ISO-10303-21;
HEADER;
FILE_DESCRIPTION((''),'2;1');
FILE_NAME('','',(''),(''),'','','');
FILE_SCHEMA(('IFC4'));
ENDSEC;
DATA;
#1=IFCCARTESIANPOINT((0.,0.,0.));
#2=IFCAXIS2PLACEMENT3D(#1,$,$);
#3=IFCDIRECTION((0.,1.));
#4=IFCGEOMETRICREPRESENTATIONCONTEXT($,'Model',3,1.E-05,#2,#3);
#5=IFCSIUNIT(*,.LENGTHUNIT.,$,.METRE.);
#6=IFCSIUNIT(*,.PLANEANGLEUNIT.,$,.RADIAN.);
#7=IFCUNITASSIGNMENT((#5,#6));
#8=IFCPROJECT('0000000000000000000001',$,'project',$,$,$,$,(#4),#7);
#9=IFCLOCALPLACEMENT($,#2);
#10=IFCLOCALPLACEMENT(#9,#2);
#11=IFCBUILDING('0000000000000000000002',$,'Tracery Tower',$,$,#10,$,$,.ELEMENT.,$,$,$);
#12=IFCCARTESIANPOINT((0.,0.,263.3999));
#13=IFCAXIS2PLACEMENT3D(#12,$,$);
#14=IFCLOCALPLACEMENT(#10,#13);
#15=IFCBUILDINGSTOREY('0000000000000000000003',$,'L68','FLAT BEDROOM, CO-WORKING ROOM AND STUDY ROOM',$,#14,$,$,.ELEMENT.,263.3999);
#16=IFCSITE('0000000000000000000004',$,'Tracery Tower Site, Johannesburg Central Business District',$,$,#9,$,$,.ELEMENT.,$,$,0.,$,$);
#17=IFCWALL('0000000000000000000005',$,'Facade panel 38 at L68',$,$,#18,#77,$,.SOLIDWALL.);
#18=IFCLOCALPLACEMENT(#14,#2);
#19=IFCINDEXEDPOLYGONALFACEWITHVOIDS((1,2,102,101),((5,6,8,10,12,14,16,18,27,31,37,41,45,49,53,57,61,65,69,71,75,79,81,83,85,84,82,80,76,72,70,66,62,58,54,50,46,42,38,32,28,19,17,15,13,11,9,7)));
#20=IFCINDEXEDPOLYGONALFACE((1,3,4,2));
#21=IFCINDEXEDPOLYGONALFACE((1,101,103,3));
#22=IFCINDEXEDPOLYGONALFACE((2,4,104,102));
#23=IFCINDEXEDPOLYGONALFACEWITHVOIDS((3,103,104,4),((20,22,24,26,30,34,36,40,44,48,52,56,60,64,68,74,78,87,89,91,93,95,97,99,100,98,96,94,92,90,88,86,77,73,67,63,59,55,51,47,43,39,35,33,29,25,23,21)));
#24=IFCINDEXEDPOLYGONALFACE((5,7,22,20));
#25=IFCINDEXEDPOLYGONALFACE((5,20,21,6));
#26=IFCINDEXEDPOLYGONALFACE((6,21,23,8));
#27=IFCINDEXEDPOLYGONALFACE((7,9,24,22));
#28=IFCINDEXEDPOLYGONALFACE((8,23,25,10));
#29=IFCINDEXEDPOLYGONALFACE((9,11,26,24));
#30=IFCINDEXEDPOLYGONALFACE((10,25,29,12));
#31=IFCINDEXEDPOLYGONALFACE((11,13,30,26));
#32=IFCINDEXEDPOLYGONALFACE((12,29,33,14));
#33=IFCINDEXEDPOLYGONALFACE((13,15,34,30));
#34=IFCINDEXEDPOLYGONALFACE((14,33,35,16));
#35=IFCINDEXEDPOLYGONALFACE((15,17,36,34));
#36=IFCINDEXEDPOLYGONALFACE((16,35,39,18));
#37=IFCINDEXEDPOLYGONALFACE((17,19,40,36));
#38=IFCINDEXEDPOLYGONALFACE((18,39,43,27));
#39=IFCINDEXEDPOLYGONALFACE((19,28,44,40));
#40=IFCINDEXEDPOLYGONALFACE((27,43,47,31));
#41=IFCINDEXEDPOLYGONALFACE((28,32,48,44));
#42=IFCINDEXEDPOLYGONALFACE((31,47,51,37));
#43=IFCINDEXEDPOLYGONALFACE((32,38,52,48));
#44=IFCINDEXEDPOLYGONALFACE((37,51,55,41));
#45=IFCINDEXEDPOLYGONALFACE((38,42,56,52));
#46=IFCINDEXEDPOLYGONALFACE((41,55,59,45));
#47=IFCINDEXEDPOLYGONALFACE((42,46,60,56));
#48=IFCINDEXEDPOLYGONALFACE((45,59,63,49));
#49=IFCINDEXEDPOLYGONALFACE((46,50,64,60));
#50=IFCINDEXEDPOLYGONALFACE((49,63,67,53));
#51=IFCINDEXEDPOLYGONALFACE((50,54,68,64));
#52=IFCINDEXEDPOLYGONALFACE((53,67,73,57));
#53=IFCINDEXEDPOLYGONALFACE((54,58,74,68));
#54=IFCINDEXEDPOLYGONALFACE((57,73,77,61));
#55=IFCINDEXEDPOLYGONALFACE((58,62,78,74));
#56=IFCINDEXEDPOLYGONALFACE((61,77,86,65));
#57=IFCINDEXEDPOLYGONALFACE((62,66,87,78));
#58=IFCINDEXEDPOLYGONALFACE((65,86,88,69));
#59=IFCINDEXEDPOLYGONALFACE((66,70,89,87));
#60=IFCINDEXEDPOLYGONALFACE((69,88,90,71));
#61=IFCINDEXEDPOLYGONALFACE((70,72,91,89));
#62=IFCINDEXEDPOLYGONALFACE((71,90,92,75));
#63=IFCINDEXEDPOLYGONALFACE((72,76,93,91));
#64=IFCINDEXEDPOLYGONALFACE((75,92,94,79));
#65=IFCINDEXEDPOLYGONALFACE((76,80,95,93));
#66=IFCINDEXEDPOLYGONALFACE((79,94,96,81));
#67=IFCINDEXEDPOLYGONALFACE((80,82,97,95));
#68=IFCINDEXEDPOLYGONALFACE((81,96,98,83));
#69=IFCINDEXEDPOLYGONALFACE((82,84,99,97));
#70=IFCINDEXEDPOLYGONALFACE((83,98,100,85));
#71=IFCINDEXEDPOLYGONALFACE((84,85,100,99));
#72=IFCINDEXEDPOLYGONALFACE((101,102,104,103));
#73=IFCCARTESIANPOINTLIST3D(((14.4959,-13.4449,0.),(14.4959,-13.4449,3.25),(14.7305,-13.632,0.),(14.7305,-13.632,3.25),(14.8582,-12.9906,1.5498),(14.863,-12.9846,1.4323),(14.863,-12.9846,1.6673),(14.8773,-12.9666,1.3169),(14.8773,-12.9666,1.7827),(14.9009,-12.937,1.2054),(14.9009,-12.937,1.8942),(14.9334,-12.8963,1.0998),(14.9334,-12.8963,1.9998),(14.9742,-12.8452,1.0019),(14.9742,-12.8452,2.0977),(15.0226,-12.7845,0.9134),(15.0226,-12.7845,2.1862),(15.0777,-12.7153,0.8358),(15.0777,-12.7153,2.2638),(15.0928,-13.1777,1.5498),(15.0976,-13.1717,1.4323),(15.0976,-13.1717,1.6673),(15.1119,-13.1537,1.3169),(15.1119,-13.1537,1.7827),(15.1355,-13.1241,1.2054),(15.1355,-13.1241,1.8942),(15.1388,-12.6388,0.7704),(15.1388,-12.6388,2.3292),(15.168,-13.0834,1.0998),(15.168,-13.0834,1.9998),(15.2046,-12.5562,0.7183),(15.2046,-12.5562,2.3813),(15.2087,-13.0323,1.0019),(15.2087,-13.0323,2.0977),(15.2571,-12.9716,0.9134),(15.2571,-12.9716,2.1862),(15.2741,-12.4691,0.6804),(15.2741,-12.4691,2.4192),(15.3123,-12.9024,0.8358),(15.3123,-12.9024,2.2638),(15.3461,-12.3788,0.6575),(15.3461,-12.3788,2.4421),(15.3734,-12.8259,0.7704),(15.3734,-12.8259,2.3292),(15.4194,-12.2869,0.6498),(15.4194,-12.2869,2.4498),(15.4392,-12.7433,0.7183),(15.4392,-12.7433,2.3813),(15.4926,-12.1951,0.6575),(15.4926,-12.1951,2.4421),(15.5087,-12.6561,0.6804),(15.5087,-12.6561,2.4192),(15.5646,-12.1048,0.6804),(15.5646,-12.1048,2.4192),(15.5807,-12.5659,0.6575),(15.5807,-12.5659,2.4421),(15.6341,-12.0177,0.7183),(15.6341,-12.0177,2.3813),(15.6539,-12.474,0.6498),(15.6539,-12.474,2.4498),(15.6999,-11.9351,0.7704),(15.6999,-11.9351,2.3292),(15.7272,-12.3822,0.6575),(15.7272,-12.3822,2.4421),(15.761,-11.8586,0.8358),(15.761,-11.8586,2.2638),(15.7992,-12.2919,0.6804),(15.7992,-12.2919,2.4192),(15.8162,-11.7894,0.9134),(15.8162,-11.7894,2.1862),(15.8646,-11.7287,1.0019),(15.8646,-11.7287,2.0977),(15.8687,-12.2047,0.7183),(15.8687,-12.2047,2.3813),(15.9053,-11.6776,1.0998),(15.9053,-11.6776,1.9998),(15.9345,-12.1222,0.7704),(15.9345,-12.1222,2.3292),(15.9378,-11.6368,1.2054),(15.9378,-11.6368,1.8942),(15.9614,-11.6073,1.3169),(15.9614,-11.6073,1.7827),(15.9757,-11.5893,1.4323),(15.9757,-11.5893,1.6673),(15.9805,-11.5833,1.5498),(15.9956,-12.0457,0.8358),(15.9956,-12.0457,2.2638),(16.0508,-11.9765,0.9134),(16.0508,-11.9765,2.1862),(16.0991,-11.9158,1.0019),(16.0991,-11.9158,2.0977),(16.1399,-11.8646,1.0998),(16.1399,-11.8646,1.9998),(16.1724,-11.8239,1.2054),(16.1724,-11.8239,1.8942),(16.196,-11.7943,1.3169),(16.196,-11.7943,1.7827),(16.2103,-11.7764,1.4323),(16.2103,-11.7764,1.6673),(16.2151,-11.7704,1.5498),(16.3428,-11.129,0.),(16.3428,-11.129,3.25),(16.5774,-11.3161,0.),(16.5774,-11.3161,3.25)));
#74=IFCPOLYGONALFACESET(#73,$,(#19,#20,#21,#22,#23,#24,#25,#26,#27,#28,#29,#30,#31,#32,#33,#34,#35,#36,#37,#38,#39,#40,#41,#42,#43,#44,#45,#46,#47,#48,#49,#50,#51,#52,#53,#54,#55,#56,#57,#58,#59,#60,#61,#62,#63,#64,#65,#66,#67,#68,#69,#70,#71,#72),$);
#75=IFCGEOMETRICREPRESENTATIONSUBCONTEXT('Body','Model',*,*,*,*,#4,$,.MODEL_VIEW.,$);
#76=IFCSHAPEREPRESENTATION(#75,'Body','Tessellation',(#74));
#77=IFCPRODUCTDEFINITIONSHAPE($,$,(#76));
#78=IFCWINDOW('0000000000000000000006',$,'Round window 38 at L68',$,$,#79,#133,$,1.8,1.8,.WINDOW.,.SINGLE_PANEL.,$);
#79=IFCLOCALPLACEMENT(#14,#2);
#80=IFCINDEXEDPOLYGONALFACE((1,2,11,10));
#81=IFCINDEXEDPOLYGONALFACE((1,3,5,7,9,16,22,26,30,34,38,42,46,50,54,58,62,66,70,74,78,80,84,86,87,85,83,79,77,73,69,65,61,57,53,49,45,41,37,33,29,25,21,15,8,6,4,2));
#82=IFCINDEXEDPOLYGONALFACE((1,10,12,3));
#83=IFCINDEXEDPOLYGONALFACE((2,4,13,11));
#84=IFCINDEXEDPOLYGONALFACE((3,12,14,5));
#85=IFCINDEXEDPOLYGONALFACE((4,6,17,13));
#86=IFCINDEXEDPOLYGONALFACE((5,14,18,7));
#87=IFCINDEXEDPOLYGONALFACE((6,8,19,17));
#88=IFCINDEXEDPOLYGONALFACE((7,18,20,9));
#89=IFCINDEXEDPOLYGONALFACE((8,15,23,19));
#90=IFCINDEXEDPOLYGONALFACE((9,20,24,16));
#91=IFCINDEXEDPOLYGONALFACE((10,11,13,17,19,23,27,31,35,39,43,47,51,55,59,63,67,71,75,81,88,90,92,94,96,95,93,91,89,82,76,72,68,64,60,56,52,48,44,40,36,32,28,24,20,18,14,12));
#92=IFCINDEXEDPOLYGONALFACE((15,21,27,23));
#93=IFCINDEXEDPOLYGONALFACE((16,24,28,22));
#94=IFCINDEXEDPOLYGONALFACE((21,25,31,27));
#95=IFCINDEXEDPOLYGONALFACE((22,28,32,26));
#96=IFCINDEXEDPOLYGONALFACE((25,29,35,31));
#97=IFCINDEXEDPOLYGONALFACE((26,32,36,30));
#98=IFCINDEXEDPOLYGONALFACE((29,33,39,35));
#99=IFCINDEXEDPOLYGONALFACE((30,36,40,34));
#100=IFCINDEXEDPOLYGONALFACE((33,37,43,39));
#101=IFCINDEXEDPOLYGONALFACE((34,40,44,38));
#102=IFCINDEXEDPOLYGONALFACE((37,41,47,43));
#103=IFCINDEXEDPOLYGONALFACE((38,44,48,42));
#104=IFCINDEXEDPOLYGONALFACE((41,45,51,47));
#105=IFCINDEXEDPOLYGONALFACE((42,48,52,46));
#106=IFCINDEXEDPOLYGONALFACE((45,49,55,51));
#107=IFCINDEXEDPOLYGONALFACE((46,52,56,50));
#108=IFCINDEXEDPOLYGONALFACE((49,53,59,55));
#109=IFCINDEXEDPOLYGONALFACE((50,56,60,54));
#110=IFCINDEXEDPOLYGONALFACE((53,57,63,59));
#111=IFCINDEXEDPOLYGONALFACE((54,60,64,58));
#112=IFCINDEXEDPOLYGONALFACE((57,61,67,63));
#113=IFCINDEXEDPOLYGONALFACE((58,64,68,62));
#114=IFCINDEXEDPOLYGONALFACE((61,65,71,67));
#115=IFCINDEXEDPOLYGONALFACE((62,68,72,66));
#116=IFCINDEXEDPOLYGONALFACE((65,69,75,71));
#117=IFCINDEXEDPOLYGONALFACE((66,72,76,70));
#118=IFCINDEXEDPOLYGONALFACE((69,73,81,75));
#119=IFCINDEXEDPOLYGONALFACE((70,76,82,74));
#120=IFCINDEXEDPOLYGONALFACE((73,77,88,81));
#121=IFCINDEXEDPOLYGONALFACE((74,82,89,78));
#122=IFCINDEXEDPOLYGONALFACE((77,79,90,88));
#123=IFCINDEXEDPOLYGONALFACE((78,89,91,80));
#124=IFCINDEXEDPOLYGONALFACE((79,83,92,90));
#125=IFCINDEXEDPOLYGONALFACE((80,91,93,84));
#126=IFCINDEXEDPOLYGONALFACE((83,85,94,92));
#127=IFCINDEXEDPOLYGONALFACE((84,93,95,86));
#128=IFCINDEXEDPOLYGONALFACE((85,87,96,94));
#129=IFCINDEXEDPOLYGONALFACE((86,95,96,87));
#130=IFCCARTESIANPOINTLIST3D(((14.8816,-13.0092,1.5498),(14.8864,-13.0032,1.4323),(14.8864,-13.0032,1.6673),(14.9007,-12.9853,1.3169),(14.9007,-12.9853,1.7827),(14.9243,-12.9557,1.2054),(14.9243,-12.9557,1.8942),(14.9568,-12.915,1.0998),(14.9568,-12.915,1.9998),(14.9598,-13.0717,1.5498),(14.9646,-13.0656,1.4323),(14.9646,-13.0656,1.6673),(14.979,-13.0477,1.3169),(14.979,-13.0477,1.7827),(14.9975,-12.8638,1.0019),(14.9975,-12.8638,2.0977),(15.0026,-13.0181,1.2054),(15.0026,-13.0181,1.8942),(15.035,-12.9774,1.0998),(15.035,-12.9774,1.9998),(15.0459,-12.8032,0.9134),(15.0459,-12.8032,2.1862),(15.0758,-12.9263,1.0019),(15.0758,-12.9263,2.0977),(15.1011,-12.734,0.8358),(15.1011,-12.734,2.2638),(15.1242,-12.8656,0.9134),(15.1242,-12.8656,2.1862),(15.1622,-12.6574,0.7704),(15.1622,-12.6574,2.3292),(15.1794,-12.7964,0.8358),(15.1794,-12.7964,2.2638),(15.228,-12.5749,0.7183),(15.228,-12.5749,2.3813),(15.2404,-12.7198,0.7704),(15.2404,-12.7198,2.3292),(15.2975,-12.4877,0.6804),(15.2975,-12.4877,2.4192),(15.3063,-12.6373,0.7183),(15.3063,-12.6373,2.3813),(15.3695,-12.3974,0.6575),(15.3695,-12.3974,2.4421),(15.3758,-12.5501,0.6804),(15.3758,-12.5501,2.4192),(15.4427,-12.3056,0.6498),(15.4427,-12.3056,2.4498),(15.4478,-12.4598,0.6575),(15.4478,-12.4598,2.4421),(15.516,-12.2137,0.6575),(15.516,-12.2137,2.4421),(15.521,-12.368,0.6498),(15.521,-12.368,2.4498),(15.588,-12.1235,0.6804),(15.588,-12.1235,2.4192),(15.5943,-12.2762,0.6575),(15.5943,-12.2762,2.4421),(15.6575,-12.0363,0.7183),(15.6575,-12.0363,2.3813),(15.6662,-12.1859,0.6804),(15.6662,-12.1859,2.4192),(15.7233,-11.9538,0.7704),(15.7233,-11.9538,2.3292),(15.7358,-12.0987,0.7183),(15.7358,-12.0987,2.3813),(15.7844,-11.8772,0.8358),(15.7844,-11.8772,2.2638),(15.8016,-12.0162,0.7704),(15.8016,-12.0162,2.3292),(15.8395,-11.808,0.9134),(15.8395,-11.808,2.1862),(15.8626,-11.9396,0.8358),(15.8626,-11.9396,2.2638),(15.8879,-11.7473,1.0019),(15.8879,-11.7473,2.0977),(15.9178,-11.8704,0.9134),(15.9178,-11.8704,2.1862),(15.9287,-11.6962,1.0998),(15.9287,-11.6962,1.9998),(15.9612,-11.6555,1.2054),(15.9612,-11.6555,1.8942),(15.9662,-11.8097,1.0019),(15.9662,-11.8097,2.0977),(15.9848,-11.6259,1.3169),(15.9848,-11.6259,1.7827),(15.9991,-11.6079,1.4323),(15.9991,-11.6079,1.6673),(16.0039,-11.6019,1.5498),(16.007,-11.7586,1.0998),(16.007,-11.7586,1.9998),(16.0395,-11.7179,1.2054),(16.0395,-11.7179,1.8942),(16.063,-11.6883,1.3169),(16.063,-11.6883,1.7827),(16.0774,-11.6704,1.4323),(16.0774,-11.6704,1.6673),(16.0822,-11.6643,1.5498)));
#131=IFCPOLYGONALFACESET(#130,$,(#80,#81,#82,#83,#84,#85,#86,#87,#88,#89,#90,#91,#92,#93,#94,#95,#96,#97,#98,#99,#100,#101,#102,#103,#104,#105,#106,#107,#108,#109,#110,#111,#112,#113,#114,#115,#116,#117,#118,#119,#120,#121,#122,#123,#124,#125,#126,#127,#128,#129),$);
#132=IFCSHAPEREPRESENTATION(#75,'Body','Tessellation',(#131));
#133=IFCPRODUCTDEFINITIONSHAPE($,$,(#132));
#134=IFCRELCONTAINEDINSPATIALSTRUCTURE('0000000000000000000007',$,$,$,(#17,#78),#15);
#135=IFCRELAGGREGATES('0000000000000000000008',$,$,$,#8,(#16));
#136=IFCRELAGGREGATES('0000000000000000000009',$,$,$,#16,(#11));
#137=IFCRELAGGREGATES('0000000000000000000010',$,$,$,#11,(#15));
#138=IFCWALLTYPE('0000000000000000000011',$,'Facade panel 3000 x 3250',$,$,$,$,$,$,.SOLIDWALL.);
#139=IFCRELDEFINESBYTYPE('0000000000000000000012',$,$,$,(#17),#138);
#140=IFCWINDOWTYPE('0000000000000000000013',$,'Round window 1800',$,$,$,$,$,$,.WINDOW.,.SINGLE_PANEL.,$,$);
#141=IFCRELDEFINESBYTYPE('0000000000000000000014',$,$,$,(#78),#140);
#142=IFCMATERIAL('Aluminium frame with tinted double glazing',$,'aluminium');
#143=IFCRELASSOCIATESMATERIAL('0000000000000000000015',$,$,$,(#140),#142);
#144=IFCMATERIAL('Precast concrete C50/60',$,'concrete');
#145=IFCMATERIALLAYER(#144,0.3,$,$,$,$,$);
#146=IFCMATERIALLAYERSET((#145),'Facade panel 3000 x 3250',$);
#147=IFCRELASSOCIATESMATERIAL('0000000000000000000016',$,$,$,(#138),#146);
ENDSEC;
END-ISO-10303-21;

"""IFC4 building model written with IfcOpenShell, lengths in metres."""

from ifc_helpers import new_model, si_unit, direction, frame, frame_2d, origin, origin_2d, place, context, subcontext, project, spatial, rectangle, circle, extrude, material, layer, layer_set, type_object, element, fill, save


model = new_model("IFC4")

# Units and contexts
model_context = context("Model", 3, precision=1e-05, world=origin(), true_north=direction((0.0, 1.0)))
body_context = subcontext(model_context, "Body", "Model", "MODEL_VIEW")
ifc_project = project(units=[si_unit("LENGTHUNIT", "METRE"), si_unit("PLANEANGLEUNIT", "RADIAN")], contexts=[model_context])

# Site, building, storey
site_placement = place(None, origin())
site = spatial("IfcSite", under=ifc_project, at=site_placement, Name="Tracery Tower Site, Johannesburg Central Business District", CompositionType="ELEMENT", RefElevation=0.0)
building_placement = place(site_placement, origin())
building = spatial("IfcBuilding", under=site, at=building_placement, Name="Tracery Tower", CompositionType="ELEMENT")
storey_placement = place(building_placement, frame((0.0, 0.0, 263.3999)))
storey = spatial("IfcBuildingStorey", under=building, at=storey_placement, Name="L68", Description="FLAT BEDROOM, CO-WORKING ROOM AND STUDY ROOM", CompositionType="ELEMENT", Elevation=263.3999)

# Wall, opening, window
ifc_material_1 = material(Name="Aluminium frame with tinted double glazing", Category="aluminium")
window_type = type_object("IfcWindowType", Name="Round window 1800", PartitioningType="SINGLE_PANEL", PredefinedType="WINDOW", material=ifc_material_1)
ifc_material_2 = material(Name="Precast concrete C50/60", Category="concrete")
ifc_layer_1 = layer(ifc_material_2, 0.3)
ifc_layer_set_1 = layer_set([ifc_layer_1], Name="Facade panel 3000 x 3250")
wall_type_1 = type_object("IfcWallType", Name="Facade panel 3000 x 3250", PredefinedType="SOLIDWALL", material=ifc_layer_set_1)
wall_1_placement = place(storey_placement, frame((14.6133, -13.5383, 0.0), z_axis=(0.0, 0.0, 1.0), x_axis=(0.623498, 0.781825, 0.0)))
wall_1 = element("IfcWall", 1, at=wall_1_placement, inside=storey, type_object=wall_type_1, Name="Facade panel 38 at L68", PredefinedType="SOLIDWALL", context=body_context, shape_type="SweptSolid", body=[
    extrude(rectangle(XDim=2.9622, YDim=0.3, at=frame_2d((1.481, 0.0))), origin(), (0.0, 0.0, 1.0), 3.25),
])
opening_1_placement = place(wall_1_placement, frame((1.481, 0.0, 1.5498)))
opening_1 = element("IfcOpeningElement", 2, at=opening_1_placement, cuts=wall_1, PredefinedType="OPENING", context=body_context, shape_type="SweptSolid", body=[
    extrude(circle(Radius=0.9, at=origin_2d()), frame((0.0, 0.1599, 0.0), z_axis=(0.0, -1.0, 0.0), x_axis=(1.0, 0.0, 0.0)), (0.0, 0.0, 1.0), 0.3201),
])
window_1_placement = place(opening_1_placement, origin())
window_1 = element("IfcWindow", 3, at=window_1_placement, inside=storey, type_object=window_type, Name="Round window 38 at L68", OverallHeight=1.8, OverallWidth=1.8, PartitioningType="SINGLE_PANEL", PredefinedType="WINDOW", context=body_context, shape_type="SweptSolid", body=[
    extrude(circle(Radius=0.9, at=origin_2d()), frame((0.0, 0.1201, 0.0), z_axis=(0.0, -1.0, 0.0), x_axis=(1.0, 0.0, 0.0)), (0.0, 0.0, 1.0), 0.1001),
])
fill(opening_1, window_1)

save(model, "model.ifc")
